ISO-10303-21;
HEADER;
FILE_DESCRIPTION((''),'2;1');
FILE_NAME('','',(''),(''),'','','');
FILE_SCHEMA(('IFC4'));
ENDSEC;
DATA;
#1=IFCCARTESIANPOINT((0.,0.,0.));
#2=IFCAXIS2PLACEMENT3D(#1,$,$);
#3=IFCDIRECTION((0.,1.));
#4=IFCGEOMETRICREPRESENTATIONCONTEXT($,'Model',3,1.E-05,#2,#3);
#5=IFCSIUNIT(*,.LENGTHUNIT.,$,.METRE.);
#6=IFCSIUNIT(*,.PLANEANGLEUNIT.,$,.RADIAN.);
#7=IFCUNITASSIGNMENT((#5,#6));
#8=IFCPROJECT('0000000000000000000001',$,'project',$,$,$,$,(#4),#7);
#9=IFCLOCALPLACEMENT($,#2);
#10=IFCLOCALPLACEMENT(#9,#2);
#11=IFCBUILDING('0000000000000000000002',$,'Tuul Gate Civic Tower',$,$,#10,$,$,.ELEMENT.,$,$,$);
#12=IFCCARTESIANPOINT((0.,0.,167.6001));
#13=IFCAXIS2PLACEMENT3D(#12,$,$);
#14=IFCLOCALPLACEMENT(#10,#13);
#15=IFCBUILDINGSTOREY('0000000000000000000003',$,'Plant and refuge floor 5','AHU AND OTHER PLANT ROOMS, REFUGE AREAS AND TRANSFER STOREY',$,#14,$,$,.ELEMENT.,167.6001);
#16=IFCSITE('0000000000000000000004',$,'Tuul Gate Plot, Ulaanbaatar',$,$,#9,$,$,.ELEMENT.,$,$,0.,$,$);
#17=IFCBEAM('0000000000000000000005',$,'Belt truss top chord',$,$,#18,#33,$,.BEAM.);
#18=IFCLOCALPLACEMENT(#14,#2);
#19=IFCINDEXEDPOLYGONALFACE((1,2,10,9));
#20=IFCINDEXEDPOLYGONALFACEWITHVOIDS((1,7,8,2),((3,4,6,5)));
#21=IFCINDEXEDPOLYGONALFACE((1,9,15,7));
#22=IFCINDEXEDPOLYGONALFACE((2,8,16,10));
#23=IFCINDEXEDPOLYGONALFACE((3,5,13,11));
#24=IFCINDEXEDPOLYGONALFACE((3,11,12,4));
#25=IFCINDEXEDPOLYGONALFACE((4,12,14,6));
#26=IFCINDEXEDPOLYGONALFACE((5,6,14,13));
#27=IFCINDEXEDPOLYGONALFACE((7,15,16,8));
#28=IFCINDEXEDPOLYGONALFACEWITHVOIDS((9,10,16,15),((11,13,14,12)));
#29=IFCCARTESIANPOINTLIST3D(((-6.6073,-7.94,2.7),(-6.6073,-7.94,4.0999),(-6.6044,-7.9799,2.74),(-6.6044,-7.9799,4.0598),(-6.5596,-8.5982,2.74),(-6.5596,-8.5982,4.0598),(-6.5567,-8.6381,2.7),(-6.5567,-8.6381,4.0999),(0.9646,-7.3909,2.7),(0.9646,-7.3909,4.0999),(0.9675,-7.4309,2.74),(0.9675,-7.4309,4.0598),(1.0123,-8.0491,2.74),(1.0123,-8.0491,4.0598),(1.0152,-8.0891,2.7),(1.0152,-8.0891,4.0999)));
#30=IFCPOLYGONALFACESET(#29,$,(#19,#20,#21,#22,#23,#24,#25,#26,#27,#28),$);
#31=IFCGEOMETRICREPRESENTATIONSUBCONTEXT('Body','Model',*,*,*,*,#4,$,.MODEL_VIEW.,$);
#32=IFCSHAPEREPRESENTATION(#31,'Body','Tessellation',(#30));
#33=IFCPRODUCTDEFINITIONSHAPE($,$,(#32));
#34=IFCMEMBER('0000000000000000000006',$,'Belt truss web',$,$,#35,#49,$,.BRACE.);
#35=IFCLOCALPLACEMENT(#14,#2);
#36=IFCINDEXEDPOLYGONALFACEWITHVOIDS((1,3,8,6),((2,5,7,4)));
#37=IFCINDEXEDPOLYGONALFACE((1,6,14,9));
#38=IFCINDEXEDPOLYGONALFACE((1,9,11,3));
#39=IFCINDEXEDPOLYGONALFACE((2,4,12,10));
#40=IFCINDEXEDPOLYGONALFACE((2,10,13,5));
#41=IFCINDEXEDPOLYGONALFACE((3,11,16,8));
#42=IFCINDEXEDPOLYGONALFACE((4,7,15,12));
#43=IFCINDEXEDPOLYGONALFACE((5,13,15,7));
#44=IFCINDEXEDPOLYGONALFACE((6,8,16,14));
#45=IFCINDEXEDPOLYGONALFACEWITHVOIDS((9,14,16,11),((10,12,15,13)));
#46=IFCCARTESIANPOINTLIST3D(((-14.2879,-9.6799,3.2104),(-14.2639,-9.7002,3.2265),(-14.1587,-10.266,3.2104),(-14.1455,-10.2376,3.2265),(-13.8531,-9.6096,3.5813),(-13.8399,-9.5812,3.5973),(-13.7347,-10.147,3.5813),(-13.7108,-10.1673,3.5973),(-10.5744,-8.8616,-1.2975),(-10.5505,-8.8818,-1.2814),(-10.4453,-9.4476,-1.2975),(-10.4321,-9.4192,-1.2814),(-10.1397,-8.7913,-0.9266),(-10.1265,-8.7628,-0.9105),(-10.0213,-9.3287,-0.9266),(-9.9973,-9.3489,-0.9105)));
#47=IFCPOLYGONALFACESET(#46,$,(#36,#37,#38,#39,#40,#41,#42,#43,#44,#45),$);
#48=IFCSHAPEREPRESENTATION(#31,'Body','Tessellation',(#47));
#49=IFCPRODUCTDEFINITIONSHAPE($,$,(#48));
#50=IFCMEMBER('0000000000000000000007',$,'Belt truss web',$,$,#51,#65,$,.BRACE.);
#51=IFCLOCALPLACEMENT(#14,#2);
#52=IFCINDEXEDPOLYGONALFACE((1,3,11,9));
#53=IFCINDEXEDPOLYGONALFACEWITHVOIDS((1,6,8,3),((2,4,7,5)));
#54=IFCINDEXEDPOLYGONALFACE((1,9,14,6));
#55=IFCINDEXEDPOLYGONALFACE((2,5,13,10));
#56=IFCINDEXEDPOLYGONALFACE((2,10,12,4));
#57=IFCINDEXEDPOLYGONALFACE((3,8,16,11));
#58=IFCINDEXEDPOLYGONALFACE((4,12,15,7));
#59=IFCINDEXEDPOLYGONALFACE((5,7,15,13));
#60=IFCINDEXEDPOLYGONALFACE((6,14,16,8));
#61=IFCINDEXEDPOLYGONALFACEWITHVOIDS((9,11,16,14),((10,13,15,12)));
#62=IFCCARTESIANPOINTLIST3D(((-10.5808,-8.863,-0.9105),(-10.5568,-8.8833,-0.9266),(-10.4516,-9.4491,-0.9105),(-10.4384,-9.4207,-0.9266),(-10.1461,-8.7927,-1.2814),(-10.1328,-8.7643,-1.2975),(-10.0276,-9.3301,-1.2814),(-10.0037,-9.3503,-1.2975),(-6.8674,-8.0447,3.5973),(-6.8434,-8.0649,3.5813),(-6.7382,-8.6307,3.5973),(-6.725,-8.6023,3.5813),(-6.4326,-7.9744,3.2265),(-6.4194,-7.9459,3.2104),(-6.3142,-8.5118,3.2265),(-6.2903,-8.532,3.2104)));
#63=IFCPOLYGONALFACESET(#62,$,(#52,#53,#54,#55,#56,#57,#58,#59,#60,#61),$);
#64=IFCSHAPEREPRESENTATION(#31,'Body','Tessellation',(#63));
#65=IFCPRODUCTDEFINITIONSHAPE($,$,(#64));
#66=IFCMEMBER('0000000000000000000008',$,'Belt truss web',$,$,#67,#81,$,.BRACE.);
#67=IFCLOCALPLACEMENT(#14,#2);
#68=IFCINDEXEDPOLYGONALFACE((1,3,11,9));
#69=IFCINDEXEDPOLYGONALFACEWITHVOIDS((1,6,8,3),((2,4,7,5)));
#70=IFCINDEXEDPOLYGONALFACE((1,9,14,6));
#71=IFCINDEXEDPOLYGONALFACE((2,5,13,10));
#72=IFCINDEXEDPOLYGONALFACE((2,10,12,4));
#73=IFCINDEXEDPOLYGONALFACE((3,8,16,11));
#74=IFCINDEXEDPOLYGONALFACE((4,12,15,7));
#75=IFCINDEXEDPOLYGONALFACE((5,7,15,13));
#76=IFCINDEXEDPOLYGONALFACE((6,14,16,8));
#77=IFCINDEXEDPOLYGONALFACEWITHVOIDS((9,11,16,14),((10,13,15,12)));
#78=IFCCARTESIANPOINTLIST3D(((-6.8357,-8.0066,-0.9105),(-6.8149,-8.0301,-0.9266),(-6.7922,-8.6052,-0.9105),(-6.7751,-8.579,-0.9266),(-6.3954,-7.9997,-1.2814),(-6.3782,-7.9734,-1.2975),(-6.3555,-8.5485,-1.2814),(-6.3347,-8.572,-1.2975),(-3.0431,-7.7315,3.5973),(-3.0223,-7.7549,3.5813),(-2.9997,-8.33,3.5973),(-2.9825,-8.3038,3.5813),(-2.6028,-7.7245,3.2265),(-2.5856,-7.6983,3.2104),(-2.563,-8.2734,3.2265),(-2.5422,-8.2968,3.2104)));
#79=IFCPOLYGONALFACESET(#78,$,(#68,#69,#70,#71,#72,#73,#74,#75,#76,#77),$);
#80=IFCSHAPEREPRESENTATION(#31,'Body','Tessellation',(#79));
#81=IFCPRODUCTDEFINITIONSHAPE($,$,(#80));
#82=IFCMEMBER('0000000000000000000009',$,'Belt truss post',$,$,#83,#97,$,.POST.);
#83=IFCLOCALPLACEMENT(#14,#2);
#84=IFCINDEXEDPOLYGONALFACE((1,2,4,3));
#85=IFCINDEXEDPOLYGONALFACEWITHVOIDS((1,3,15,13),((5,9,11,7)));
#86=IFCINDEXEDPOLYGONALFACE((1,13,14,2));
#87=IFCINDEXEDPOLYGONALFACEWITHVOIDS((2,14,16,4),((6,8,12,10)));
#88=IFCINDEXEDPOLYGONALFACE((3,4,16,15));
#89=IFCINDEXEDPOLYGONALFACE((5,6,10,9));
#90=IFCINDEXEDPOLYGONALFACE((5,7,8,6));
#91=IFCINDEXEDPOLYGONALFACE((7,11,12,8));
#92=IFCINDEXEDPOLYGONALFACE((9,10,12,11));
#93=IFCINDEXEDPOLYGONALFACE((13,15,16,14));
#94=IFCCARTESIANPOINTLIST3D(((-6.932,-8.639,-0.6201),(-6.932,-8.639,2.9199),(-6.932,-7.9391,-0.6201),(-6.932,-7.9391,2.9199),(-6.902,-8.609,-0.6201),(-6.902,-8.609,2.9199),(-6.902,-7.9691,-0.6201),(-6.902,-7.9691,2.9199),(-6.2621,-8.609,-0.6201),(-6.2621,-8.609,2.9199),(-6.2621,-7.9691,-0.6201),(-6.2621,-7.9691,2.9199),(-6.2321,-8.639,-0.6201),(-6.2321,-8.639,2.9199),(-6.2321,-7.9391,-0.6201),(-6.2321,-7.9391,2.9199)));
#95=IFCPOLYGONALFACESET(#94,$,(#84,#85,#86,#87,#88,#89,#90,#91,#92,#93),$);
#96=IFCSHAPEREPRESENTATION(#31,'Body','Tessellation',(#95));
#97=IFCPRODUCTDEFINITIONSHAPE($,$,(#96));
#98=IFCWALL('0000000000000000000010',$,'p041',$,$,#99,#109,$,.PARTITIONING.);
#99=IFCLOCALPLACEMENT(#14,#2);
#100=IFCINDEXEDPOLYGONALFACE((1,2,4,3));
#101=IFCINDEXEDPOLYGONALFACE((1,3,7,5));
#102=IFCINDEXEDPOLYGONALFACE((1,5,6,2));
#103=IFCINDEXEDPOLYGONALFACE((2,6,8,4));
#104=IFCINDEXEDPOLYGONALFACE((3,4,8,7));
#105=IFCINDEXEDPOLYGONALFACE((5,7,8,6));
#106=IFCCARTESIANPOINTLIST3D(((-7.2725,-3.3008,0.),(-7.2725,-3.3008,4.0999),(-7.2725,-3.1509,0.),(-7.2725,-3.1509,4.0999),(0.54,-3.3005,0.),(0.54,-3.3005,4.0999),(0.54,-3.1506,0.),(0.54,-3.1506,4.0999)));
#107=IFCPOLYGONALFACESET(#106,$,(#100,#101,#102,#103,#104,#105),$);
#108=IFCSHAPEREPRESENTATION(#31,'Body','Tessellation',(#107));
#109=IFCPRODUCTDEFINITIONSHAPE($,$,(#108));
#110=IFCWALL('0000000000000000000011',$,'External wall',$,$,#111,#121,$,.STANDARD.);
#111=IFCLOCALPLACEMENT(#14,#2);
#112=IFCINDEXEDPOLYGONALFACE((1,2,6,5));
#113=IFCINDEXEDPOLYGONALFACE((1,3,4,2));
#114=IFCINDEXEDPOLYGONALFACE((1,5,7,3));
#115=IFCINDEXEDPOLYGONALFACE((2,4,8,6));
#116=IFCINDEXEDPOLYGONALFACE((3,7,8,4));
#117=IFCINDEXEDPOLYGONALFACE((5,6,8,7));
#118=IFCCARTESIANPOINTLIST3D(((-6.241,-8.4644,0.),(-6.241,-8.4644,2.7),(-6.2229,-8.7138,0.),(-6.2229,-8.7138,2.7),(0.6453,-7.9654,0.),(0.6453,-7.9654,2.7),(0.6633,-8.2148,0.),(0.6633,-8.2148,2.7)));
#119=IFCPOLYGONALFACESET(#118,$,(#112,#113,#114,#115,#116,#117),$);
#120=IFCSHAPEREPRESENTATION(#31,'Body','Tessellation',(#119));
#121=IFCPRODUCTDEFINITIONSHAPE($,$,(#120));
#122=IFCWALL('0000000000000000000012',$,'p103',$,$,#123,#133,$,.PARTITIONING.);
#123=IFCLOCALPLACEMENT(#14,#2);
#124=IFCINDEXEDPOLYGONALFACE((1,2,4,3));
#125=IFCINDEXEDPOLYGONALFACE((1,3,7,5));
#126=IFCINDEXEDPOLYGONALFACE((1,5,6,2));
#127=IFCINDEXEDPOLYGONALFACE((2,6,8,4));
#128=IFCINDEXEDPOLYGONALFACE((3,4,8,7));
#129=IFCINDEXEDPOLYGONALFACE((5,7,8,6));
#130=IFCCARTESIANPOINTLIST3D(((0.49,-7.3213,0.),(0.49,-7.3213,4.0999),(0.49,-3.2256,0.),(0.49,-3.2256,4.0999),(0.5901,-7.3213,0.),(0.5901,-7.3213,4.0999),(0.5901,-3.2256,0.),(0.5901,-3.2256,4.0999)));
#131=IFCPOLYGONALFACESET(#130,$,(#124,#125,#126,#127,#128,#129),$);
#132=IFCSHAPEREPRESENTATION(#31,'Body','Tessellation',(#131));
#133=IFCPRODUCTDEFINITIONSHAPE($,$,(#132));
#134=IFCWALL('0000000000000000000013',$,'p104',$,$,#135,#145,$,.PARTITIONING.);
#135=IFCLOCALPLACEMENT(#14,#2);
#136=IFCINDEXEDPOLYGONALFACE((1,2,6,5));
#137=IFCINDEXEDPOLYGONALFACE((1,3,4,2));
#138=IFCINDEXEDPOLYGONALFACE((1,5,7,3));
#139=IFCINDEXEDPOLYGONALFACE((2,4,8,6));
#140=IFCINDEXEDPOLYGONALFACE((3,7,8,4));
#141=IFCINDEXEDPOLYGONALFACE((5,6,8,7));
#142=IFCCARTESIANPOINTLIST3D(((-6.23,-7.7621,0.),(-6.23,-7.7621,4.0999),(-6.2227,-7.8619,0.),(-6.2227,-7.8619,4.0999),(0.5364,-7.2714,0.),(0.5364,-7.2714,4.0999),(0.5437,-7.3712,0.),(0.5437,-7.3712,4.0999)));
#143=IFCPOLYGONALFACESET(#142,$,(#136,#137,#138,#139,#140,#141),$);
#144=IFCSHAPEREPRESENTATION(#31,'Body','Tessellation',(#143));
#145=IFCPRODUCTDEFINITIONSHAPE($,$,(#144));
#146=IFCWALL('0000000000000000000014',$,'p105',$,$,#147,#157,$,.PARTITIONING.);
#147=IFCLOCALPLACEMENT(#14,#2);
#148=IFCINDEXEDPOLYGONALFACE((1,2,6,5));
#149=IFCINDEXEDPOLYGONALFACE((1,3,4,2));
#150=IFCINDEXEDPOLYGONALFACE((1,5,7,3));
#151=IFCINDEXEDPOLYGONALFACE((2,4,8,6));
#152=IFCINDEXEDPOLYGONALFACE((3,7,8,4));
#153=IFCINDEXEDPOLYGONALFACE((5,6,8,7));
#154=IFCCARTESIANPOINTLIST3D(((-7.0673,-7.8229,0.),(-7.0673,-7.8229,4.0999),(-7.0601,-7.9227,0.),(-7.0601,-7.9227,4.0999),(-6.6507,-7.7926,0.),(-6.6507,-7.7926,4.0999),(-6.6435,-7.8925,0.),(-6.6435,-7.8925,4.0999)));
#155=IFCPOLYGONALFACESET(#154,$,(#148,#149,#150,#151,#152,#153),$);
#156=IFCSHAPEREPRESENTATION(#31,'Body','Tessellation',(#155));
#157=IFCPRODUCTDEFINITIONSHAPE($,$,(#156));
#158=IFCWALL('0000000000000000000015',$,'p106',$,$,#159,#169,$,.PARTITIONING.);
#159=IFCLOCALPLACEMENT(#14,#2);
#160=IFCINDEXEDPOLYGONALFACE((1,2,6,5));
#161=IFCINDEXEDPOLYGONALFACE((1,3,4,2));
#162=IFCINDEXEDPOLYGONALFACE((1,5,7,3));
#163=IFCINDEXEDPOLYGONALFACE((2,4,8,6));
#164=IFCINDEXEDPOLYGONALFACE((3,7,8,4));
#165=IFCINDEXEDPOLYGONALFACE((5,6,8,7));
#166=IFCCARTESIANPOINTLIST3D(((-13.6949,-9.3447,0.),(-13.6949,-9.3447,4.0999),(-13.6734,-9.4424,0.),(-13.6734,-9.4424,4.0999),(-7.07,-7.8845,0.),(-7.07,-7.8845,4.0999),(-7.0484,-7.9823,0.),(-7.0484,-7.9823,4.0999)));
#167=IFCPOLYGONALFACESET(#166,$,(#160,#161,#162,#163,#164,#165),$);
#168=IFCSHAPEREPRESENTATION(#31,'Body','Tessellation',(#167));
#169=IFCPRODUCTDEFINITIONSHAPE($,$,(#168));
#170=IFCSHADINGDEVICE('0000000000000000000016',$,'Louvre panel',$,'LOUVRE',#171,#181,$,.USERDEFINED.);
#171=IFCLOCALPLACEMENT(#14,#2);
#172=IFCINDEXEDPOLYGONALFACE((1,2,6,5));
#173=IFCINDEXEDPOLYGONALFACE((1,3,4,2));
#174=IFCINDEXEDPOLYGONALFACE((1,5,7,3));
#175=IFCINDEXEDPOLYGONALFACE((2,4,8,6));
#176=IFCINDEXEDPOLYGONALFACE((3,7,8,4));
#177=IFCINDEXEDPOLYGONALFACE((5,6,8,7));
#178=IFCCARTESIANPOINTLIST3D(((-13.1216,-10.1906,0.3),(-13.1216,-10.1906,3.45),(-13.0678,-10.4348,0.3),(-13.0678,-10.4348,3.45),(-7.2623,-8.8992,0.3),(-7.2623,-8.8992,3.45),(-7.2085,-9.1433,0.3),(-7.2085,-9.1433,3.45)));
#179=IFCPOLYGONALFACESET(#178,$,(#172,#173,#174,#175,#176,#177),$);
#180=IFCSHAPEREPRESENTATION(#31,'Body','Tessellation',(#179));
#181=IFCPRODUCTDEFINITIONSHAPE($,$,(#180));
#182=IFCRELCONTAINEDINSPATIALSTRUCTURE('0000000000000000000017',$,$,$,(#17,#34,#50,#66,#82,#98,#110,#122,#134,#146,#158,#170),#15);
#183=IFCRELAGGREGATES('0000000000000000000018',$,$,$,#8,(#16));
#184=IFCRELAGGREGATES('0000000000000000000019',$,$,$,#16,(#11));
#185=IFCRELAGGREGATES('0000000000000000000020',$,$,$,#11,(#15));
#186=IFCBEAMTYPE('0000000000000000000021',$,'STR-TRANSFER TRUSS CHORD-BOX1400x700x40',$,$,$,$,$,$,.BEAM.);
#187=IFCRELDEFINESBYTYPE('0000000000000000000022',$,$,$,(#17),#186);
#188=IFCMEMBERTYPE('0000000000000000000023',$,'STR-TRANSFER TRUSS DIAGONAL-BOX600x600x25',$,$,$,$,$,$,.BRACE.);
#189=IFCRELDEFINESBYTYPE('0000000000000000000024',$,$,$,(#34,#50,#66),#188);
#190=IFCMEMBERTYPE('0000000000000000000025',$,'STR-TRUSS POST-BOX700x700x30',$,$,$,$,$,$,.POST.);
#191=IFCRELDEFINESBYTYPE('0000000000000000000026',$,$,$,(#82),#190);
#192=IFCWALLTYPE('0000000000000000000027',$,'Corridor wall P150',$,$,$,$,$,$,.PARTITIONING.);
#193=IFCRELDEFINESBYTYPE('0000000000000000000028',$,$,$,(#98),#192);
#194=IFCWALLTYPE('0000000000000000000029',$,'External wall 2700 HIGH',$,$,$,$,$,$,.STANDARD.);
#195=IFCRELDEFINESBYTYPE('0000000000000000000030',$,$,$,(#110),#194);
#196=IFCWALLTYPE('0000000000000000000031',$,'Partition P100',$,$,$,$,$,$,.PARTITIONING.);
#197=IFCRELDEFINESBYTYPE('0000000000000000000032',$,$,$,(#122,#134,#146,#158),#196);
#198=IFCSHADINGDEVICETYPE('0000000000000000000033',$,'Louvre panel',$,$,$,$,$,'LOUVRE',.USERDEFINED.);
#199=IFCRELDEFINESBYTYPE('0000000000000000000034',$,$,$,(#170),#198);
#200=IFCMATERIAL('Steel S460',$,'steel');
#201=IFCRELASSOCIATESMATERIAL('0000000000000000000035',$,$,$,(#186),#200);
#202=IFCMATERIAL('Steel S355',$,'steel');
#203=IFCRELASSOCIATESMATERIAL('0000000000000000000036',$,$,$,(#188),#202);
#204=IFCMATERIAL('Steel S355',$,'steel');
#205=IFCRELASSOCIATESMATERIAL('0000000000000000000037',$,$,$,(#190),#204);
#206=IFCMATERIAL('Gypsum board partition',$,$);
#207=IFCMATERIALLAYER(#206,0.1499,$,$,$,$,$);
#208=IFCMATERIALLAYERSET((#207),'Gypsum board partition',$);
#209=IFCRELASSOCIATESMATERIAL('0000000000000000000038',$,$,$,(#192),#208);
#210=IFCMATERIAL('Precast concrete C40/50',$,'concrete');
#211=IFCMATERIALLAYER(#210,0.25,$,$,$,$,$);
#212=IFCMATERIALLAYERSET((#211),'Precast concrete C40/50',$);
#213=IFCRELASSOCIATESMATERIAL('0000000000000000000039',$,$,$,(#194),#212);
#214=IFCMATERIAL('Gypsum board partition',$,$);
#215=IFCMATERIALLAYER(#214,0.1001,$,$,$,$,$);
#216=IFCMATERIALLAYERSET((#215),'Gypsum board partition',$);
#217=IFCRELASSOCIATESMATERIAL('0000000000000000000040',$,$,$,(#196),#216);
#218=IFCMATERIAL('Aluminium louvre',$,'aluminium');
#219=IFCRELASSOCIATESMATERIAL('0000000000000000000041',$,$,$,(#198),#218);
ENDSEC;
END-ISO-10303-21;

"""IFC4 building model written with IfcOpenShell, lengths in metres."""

from ifc_helpers import new_model, si_unit, direction, frame, frame_2d, origin, origin_2d, place, context, subcontext, project, spatial, rectangle, hollow_rectangle, extrude, material, layer, layer_set, material_profile, profile_set, type_object, element, save


model = new_model("IFC4")

# Units and contexts
model_context = context("Model", 3, precision=1e-05, world=origin(), true_north=direction((0.0, 1.0)))
body_context = subcontext(model_context, "Body", "Model", "MODEL_VIEW")
ifc_project = project(units=[si_unit("LENGTHUNIT", "METRE"), si_unit("PLANEANGLEUNIT", "RADIAN")], contexts=[model_context])

# Site, building, storey
site_placement = place(None, origin())
site = spatial("IfcSite", under=ifc_project, at=site_placement, Name="Tuul Gate Plot, Ulaanbaatar", CompositionType="ELEMENT", RefElevation=0.0)
building_placement = place(site_placement, origin())
building = spatial("IfcBuilding", under=site, at=building_placement, Name="Tuul Gate Civic Tower", CompositionType="ELEMENT")
storey_placement = place(building_placement, frame((0.0, 0.0, 167.6001)))
storey = spatial("IfcBuildingStorey", under=building, at=storey_placement, Name="Plant and refuge floor 5", Description="AHU AND OTHER PLANT ROOMS, REFUGE AREAS AND TRANSFER STOREY", CompositionType="ELEMENT", Elevation=167.6001)

# Beam
ifc_material_1 = material(Name="Steel S460", Category="steel")
ifc_material_profile_1 = material_profile(ifc_material_1, hollow_rectangle(XDim=0.7, YDim=1.3999, WallThickness=0.04, at=origin_2d()), Name="BOX1400x700x40")
ifc_profile_set_1 = profile_set([ifc_material_profile_1], Name="Steel S460")
beam_type_1 = type_object("IfcBeamType", Name="STR-TRANSFER TRUSS CHORD-BOX1400x700x40", PredefinedType="BEAM", material=ifc_profile_set_1)
for number, where, z_axis, x_axis, name in (
    (1, (-6.582, -8.2891, 3.3999), (0.997381, 0.072323, 0.0), (-0.072323, 0.997381, 0.0), "Belt truss top chord"),
):
    element("IfcBeam", number, at=place(storey_placement, frame(where, z_axis=z_axis, x_axis=x_axis)), inside=storey, type_object=beam_type_1, Name=name, PredefinedType="BEAM", context=body_context, shape_type="SweptSolid", body=[
        extrude(hollow_rectangle(XDim=0.7, YDim=1.3999, WallThickness=0.04, at=origin_2d()), origin(), (0.0, 0.0, 1.0), 7.5918),
    ])

# Members
ifc_material_2 = material(Name="Steel S355", Category="steel")
ifc_material_profile_2 = material_profile(ifc_material_2, hollow_rectangle(XDim=0.6001, YDim=0.6001, WallThickness=0.0249, at=origin_2d()), Name="BOX600x600x25")
ifc_profile_set_2 = profile_set([ifc_material_profile_2], Name="Steel S355")
member_type_1 = type_object("IfcMemberType", Name="STR-TRANSFER TRUSS DIAGONAL-BOX600x600x25", PredefinedType="BRACE", material=ifc_profile_set_2)
for number, where, z_axis, x_axis, name in (
    (2, (-10.2859, -9.1052, -1.104), (-0.629664, -0.138766, 0.764373), (0.215217, -0.976566, 0.0), "Belt truss web"),
    (3, (-10.2922, -9.1067, -1.104), (0.629664, 0.138766, 0.764373), (-0.215217, 0.976566, 0.0), "Belt truss web"),
    (4, (-6.5852, -8.2893, -1.104), (0.64308, 0.046656, 0.764377), (-0.07236, 0.997379, 0.0), "Belt truss web"),
):
    element("IfcMember", number, at=place(storey_placement, frame(where, z_axis=z_axis, x_axis=x_axis)), inside=storey, type_object=member_type_1, Name=name, PredefinedType="BRACE", context=body_context, shape_type="SweptSolid", body=[
        extrude(hollow_rectangle(XDim=0.6001, YDim=0.6001, WallThickness=0.0249, at=origin_2d()), origin(), (0.0, 0.0, 1.0), 5.8975),
    ])
ifc_material_3 = material(Name="Steel S355", Category="steel")
ifc_material_profile_3 = material_profile(ifc_material_3, hollow_rectangle(XDim=0.7, YDim=0.7, WallThickness=0.03, at=origin_2d()), Name="BOX700x700x30")
ifc_profile_set_3 = profile_set([ifc_material_profile_3], Name="Steel S355")
member_type_2 = type_object("IfcMemberType", Name="STR-TRUSS POST-BOX700x700x30", PredefinedType="POST", material=ifc_profile_set_3)
member_placement = place(storey_placement, frame((-6.582, -8.2891, -0.6201), z_axis=(0.0, 0.0, 1.0), x_axis=(1.0, 0.0, 0.0)))
element("IfcMember", 5, at=member_placement, inside=storey, type_object=member_type_2, Name="Belt truss post", PredefinedType="POST", context=body_context, shape_type="SweptSolid", body=[
    extrude(hollow_rectangle(XDim=0.7, YDim=0.7, WallThickness=0.03, at=origin_2d()), origin(), (0.0, 0.0, 1.0), 3.54),
])

# Walls
ifc_material_4 = material(Name="Gypsum board partition")
ifc_layer_1 = layer(ifc_material_4, 0.1499)
ifc_layer_set_1 = layer_set([ifc_layer_1], Name="Gypsum board partition")
wall_type_1 = type_object("IfcWallType", Name="Corridor wall P150", PredefinedType="PARTITIONING", material=ifc_layer_set_1)
wall_1_placement = place(storey_placement, frame((-7.2725, -3.2258, 0.0), z_axis=(0.0, 0.0, 1.0), x_axis=(1.0, 0.000031, 0.0)))
element("IfcWall", 6, at=wall_1_placement, inside=storey, type_object=wall_type_1, Name="p041", PredefinedType="PARTITIONING", context=body_context, shape_type="SweptSolid", body=[
    extrude(rectangle(XDim=7.8125, YDim=0.1499, at=frame_2d((3.9062, 0.0))), origin(), (0.0, 0.0, 1.0), 4.0999),
])
ifc_material_5 = material(Name="Precast concrete C40/50", Category="concrete")
ifc_layer_2 = layer(ifc_material_5, 0.25)
ifc_layer_set_2 = layer_set([ifc_layer_2], Name="Precast concrete C40/50")
wall_type_2 = type_object("IfcWallType", Name="External wall 2700 HIGH", PredefinedType="STANDARD", material=ifc_layer_set_2)
wall_2_placement = place(storey_placement, frame((-6.2319, -8.5891, 0.0), z_axis=(0.0, 0.0, 1.0), x_axis=(0.997385, 0.072277, 0.0)))
element("IfcWall", 7, at=wall_2_placement, inside=storey, type_object=wall_type_2, Name="External wall", PredefinedType="STANDARD", context=body_context, shape_type="SweptSolid", body=[
    extrude(rectangle(XDim=6.9043, YDim=0.25, at=frame_2d((3.4521, 0.0))), origin(), (0.0, 0.0, 1.0), 2.7),
])
ifc_material_6 = material(Name="Gypsum board partition")
ifc_layer_3 = layer(ifc_material_6, 0.1001)
ifc_layer_set_3 = layer_set([ifc_layer_3], Name="Gypsum board partition")
wall_type_3 = type_object("IfcWallType", Name="Partition P100", PredefinedType="PARTITIONING", material=ifc_layer_set_3)
wall_3_placement = place(storey_placement, frame((0.54, -3.2256, 0.0), z_axis=(0.0, 0.0, 1.0), x_axis=(0.0, -1.0, 0.0)))
element("IfcWall", 8, at=wall_3_placement, inside=storey, type_object=wall_type_3, Name="p103", PredefinedType="PARTITIONING", context=body_context, shape_type="SweptSolid", body=[
    extrude(rectangle(XDim=4.0957, YDim=0.1001, at=frame_2d((2.0479, 0.0))), origin(), (0.0, 0.0, 1.0), 4.0999),
])
wall_4_placement = place(storey_placement, frame((0.54, -7.3213, 0.0), z_axis=(0.0, 0.0, 1.0), x_axis=(-0.99738, -0.072334, 0.0)))
element("IfcWall", 9, at=wall_4_placement, inside=storey, type_object=wall_type_3, Name="p104", PredefinedType="PARTITIONING", context=body_context, shape_type="SweptSolid", body=[
    extrude(rectangle(XDim=6.7842, YDim=0.1001, at=frame_2d((3.3921, 0.0))), origin(), (0.0, 0.0, 1.0), 4.0999),
])
wall_5_placement = place(storey_placement, frame((-6.647, -7.8425, 0.0), z_axis=(0.0, 0.0, 1.0), x_axis=(-0.997369, -0.072493, 0.0)))
element("IfcWall", 10, at=wall_5_placement, inside=storey, type_object=wall_type_3, Name="p105", PredefinedType="PARTITIONING", context=body_context, shape_type="SweptSolid", body=[
    extrude(rectangle(XDim=0.4177, YDim=0.1001, at=frame_2d((0.209, 0.0))), origin(), (0.0, 0.0, 1.0), 4.0999),
])
wall_6_placement = place(storey_placement, frame((-7.0591, -7.9333, 0.0), z_axis=(0.0, 0.0, 1.0), x_axis=(-0.976561, -0.215242, 0.0)))
element("IfcWall", 11, at=wall_6_placement, inside=storey, type_object=wall_type_3, Name="p106", PredefinedType="PARTITIONING", context=body_context, shape_type="SweptSolid", body=[
    extrude(rectangle(XDim=6.7839, YDim=0.1001, at=frame_2d((3.3921, 0.0))), origin(), (0.0, 0.0, 1.0), 4.0999),
])

# Shading device
ifc_material_7 = material(Name="Aluminium louvre", Category="aluminium")
shading_device_type = type_object("IfcShadingDeviceType", Name="Louvre panel", ElementType="LOUVRE", PredefinedType="USERDEFINED", material=ifc_material_7)
for number, where, z_axis, x_axis, name in (
    (12, (-10.165, -9.667, 0.3), (0.0, 0.0, 1.0), (0.215242, -0.976561, 0.0), "Louvre panel"),
):
    element("IfcShadingDevice", number, at=place(storey_placement, frame(where, z_axis=z_axis, x_axis=x_axis)), inside=storey, type_object=shading_device_type, Name=name, ObjectType="LOUVRE", PredefinedType="USERDEFINED", context=body_context, shape_type="SweptSolid", body=[
        extrude(rectangle(XDim=0.25, YDim=6.0, at=origin_2d()), origin(), (0.0, 0.0, 1.0), 3.1499),
    ])

save(model, "model.ifc")
